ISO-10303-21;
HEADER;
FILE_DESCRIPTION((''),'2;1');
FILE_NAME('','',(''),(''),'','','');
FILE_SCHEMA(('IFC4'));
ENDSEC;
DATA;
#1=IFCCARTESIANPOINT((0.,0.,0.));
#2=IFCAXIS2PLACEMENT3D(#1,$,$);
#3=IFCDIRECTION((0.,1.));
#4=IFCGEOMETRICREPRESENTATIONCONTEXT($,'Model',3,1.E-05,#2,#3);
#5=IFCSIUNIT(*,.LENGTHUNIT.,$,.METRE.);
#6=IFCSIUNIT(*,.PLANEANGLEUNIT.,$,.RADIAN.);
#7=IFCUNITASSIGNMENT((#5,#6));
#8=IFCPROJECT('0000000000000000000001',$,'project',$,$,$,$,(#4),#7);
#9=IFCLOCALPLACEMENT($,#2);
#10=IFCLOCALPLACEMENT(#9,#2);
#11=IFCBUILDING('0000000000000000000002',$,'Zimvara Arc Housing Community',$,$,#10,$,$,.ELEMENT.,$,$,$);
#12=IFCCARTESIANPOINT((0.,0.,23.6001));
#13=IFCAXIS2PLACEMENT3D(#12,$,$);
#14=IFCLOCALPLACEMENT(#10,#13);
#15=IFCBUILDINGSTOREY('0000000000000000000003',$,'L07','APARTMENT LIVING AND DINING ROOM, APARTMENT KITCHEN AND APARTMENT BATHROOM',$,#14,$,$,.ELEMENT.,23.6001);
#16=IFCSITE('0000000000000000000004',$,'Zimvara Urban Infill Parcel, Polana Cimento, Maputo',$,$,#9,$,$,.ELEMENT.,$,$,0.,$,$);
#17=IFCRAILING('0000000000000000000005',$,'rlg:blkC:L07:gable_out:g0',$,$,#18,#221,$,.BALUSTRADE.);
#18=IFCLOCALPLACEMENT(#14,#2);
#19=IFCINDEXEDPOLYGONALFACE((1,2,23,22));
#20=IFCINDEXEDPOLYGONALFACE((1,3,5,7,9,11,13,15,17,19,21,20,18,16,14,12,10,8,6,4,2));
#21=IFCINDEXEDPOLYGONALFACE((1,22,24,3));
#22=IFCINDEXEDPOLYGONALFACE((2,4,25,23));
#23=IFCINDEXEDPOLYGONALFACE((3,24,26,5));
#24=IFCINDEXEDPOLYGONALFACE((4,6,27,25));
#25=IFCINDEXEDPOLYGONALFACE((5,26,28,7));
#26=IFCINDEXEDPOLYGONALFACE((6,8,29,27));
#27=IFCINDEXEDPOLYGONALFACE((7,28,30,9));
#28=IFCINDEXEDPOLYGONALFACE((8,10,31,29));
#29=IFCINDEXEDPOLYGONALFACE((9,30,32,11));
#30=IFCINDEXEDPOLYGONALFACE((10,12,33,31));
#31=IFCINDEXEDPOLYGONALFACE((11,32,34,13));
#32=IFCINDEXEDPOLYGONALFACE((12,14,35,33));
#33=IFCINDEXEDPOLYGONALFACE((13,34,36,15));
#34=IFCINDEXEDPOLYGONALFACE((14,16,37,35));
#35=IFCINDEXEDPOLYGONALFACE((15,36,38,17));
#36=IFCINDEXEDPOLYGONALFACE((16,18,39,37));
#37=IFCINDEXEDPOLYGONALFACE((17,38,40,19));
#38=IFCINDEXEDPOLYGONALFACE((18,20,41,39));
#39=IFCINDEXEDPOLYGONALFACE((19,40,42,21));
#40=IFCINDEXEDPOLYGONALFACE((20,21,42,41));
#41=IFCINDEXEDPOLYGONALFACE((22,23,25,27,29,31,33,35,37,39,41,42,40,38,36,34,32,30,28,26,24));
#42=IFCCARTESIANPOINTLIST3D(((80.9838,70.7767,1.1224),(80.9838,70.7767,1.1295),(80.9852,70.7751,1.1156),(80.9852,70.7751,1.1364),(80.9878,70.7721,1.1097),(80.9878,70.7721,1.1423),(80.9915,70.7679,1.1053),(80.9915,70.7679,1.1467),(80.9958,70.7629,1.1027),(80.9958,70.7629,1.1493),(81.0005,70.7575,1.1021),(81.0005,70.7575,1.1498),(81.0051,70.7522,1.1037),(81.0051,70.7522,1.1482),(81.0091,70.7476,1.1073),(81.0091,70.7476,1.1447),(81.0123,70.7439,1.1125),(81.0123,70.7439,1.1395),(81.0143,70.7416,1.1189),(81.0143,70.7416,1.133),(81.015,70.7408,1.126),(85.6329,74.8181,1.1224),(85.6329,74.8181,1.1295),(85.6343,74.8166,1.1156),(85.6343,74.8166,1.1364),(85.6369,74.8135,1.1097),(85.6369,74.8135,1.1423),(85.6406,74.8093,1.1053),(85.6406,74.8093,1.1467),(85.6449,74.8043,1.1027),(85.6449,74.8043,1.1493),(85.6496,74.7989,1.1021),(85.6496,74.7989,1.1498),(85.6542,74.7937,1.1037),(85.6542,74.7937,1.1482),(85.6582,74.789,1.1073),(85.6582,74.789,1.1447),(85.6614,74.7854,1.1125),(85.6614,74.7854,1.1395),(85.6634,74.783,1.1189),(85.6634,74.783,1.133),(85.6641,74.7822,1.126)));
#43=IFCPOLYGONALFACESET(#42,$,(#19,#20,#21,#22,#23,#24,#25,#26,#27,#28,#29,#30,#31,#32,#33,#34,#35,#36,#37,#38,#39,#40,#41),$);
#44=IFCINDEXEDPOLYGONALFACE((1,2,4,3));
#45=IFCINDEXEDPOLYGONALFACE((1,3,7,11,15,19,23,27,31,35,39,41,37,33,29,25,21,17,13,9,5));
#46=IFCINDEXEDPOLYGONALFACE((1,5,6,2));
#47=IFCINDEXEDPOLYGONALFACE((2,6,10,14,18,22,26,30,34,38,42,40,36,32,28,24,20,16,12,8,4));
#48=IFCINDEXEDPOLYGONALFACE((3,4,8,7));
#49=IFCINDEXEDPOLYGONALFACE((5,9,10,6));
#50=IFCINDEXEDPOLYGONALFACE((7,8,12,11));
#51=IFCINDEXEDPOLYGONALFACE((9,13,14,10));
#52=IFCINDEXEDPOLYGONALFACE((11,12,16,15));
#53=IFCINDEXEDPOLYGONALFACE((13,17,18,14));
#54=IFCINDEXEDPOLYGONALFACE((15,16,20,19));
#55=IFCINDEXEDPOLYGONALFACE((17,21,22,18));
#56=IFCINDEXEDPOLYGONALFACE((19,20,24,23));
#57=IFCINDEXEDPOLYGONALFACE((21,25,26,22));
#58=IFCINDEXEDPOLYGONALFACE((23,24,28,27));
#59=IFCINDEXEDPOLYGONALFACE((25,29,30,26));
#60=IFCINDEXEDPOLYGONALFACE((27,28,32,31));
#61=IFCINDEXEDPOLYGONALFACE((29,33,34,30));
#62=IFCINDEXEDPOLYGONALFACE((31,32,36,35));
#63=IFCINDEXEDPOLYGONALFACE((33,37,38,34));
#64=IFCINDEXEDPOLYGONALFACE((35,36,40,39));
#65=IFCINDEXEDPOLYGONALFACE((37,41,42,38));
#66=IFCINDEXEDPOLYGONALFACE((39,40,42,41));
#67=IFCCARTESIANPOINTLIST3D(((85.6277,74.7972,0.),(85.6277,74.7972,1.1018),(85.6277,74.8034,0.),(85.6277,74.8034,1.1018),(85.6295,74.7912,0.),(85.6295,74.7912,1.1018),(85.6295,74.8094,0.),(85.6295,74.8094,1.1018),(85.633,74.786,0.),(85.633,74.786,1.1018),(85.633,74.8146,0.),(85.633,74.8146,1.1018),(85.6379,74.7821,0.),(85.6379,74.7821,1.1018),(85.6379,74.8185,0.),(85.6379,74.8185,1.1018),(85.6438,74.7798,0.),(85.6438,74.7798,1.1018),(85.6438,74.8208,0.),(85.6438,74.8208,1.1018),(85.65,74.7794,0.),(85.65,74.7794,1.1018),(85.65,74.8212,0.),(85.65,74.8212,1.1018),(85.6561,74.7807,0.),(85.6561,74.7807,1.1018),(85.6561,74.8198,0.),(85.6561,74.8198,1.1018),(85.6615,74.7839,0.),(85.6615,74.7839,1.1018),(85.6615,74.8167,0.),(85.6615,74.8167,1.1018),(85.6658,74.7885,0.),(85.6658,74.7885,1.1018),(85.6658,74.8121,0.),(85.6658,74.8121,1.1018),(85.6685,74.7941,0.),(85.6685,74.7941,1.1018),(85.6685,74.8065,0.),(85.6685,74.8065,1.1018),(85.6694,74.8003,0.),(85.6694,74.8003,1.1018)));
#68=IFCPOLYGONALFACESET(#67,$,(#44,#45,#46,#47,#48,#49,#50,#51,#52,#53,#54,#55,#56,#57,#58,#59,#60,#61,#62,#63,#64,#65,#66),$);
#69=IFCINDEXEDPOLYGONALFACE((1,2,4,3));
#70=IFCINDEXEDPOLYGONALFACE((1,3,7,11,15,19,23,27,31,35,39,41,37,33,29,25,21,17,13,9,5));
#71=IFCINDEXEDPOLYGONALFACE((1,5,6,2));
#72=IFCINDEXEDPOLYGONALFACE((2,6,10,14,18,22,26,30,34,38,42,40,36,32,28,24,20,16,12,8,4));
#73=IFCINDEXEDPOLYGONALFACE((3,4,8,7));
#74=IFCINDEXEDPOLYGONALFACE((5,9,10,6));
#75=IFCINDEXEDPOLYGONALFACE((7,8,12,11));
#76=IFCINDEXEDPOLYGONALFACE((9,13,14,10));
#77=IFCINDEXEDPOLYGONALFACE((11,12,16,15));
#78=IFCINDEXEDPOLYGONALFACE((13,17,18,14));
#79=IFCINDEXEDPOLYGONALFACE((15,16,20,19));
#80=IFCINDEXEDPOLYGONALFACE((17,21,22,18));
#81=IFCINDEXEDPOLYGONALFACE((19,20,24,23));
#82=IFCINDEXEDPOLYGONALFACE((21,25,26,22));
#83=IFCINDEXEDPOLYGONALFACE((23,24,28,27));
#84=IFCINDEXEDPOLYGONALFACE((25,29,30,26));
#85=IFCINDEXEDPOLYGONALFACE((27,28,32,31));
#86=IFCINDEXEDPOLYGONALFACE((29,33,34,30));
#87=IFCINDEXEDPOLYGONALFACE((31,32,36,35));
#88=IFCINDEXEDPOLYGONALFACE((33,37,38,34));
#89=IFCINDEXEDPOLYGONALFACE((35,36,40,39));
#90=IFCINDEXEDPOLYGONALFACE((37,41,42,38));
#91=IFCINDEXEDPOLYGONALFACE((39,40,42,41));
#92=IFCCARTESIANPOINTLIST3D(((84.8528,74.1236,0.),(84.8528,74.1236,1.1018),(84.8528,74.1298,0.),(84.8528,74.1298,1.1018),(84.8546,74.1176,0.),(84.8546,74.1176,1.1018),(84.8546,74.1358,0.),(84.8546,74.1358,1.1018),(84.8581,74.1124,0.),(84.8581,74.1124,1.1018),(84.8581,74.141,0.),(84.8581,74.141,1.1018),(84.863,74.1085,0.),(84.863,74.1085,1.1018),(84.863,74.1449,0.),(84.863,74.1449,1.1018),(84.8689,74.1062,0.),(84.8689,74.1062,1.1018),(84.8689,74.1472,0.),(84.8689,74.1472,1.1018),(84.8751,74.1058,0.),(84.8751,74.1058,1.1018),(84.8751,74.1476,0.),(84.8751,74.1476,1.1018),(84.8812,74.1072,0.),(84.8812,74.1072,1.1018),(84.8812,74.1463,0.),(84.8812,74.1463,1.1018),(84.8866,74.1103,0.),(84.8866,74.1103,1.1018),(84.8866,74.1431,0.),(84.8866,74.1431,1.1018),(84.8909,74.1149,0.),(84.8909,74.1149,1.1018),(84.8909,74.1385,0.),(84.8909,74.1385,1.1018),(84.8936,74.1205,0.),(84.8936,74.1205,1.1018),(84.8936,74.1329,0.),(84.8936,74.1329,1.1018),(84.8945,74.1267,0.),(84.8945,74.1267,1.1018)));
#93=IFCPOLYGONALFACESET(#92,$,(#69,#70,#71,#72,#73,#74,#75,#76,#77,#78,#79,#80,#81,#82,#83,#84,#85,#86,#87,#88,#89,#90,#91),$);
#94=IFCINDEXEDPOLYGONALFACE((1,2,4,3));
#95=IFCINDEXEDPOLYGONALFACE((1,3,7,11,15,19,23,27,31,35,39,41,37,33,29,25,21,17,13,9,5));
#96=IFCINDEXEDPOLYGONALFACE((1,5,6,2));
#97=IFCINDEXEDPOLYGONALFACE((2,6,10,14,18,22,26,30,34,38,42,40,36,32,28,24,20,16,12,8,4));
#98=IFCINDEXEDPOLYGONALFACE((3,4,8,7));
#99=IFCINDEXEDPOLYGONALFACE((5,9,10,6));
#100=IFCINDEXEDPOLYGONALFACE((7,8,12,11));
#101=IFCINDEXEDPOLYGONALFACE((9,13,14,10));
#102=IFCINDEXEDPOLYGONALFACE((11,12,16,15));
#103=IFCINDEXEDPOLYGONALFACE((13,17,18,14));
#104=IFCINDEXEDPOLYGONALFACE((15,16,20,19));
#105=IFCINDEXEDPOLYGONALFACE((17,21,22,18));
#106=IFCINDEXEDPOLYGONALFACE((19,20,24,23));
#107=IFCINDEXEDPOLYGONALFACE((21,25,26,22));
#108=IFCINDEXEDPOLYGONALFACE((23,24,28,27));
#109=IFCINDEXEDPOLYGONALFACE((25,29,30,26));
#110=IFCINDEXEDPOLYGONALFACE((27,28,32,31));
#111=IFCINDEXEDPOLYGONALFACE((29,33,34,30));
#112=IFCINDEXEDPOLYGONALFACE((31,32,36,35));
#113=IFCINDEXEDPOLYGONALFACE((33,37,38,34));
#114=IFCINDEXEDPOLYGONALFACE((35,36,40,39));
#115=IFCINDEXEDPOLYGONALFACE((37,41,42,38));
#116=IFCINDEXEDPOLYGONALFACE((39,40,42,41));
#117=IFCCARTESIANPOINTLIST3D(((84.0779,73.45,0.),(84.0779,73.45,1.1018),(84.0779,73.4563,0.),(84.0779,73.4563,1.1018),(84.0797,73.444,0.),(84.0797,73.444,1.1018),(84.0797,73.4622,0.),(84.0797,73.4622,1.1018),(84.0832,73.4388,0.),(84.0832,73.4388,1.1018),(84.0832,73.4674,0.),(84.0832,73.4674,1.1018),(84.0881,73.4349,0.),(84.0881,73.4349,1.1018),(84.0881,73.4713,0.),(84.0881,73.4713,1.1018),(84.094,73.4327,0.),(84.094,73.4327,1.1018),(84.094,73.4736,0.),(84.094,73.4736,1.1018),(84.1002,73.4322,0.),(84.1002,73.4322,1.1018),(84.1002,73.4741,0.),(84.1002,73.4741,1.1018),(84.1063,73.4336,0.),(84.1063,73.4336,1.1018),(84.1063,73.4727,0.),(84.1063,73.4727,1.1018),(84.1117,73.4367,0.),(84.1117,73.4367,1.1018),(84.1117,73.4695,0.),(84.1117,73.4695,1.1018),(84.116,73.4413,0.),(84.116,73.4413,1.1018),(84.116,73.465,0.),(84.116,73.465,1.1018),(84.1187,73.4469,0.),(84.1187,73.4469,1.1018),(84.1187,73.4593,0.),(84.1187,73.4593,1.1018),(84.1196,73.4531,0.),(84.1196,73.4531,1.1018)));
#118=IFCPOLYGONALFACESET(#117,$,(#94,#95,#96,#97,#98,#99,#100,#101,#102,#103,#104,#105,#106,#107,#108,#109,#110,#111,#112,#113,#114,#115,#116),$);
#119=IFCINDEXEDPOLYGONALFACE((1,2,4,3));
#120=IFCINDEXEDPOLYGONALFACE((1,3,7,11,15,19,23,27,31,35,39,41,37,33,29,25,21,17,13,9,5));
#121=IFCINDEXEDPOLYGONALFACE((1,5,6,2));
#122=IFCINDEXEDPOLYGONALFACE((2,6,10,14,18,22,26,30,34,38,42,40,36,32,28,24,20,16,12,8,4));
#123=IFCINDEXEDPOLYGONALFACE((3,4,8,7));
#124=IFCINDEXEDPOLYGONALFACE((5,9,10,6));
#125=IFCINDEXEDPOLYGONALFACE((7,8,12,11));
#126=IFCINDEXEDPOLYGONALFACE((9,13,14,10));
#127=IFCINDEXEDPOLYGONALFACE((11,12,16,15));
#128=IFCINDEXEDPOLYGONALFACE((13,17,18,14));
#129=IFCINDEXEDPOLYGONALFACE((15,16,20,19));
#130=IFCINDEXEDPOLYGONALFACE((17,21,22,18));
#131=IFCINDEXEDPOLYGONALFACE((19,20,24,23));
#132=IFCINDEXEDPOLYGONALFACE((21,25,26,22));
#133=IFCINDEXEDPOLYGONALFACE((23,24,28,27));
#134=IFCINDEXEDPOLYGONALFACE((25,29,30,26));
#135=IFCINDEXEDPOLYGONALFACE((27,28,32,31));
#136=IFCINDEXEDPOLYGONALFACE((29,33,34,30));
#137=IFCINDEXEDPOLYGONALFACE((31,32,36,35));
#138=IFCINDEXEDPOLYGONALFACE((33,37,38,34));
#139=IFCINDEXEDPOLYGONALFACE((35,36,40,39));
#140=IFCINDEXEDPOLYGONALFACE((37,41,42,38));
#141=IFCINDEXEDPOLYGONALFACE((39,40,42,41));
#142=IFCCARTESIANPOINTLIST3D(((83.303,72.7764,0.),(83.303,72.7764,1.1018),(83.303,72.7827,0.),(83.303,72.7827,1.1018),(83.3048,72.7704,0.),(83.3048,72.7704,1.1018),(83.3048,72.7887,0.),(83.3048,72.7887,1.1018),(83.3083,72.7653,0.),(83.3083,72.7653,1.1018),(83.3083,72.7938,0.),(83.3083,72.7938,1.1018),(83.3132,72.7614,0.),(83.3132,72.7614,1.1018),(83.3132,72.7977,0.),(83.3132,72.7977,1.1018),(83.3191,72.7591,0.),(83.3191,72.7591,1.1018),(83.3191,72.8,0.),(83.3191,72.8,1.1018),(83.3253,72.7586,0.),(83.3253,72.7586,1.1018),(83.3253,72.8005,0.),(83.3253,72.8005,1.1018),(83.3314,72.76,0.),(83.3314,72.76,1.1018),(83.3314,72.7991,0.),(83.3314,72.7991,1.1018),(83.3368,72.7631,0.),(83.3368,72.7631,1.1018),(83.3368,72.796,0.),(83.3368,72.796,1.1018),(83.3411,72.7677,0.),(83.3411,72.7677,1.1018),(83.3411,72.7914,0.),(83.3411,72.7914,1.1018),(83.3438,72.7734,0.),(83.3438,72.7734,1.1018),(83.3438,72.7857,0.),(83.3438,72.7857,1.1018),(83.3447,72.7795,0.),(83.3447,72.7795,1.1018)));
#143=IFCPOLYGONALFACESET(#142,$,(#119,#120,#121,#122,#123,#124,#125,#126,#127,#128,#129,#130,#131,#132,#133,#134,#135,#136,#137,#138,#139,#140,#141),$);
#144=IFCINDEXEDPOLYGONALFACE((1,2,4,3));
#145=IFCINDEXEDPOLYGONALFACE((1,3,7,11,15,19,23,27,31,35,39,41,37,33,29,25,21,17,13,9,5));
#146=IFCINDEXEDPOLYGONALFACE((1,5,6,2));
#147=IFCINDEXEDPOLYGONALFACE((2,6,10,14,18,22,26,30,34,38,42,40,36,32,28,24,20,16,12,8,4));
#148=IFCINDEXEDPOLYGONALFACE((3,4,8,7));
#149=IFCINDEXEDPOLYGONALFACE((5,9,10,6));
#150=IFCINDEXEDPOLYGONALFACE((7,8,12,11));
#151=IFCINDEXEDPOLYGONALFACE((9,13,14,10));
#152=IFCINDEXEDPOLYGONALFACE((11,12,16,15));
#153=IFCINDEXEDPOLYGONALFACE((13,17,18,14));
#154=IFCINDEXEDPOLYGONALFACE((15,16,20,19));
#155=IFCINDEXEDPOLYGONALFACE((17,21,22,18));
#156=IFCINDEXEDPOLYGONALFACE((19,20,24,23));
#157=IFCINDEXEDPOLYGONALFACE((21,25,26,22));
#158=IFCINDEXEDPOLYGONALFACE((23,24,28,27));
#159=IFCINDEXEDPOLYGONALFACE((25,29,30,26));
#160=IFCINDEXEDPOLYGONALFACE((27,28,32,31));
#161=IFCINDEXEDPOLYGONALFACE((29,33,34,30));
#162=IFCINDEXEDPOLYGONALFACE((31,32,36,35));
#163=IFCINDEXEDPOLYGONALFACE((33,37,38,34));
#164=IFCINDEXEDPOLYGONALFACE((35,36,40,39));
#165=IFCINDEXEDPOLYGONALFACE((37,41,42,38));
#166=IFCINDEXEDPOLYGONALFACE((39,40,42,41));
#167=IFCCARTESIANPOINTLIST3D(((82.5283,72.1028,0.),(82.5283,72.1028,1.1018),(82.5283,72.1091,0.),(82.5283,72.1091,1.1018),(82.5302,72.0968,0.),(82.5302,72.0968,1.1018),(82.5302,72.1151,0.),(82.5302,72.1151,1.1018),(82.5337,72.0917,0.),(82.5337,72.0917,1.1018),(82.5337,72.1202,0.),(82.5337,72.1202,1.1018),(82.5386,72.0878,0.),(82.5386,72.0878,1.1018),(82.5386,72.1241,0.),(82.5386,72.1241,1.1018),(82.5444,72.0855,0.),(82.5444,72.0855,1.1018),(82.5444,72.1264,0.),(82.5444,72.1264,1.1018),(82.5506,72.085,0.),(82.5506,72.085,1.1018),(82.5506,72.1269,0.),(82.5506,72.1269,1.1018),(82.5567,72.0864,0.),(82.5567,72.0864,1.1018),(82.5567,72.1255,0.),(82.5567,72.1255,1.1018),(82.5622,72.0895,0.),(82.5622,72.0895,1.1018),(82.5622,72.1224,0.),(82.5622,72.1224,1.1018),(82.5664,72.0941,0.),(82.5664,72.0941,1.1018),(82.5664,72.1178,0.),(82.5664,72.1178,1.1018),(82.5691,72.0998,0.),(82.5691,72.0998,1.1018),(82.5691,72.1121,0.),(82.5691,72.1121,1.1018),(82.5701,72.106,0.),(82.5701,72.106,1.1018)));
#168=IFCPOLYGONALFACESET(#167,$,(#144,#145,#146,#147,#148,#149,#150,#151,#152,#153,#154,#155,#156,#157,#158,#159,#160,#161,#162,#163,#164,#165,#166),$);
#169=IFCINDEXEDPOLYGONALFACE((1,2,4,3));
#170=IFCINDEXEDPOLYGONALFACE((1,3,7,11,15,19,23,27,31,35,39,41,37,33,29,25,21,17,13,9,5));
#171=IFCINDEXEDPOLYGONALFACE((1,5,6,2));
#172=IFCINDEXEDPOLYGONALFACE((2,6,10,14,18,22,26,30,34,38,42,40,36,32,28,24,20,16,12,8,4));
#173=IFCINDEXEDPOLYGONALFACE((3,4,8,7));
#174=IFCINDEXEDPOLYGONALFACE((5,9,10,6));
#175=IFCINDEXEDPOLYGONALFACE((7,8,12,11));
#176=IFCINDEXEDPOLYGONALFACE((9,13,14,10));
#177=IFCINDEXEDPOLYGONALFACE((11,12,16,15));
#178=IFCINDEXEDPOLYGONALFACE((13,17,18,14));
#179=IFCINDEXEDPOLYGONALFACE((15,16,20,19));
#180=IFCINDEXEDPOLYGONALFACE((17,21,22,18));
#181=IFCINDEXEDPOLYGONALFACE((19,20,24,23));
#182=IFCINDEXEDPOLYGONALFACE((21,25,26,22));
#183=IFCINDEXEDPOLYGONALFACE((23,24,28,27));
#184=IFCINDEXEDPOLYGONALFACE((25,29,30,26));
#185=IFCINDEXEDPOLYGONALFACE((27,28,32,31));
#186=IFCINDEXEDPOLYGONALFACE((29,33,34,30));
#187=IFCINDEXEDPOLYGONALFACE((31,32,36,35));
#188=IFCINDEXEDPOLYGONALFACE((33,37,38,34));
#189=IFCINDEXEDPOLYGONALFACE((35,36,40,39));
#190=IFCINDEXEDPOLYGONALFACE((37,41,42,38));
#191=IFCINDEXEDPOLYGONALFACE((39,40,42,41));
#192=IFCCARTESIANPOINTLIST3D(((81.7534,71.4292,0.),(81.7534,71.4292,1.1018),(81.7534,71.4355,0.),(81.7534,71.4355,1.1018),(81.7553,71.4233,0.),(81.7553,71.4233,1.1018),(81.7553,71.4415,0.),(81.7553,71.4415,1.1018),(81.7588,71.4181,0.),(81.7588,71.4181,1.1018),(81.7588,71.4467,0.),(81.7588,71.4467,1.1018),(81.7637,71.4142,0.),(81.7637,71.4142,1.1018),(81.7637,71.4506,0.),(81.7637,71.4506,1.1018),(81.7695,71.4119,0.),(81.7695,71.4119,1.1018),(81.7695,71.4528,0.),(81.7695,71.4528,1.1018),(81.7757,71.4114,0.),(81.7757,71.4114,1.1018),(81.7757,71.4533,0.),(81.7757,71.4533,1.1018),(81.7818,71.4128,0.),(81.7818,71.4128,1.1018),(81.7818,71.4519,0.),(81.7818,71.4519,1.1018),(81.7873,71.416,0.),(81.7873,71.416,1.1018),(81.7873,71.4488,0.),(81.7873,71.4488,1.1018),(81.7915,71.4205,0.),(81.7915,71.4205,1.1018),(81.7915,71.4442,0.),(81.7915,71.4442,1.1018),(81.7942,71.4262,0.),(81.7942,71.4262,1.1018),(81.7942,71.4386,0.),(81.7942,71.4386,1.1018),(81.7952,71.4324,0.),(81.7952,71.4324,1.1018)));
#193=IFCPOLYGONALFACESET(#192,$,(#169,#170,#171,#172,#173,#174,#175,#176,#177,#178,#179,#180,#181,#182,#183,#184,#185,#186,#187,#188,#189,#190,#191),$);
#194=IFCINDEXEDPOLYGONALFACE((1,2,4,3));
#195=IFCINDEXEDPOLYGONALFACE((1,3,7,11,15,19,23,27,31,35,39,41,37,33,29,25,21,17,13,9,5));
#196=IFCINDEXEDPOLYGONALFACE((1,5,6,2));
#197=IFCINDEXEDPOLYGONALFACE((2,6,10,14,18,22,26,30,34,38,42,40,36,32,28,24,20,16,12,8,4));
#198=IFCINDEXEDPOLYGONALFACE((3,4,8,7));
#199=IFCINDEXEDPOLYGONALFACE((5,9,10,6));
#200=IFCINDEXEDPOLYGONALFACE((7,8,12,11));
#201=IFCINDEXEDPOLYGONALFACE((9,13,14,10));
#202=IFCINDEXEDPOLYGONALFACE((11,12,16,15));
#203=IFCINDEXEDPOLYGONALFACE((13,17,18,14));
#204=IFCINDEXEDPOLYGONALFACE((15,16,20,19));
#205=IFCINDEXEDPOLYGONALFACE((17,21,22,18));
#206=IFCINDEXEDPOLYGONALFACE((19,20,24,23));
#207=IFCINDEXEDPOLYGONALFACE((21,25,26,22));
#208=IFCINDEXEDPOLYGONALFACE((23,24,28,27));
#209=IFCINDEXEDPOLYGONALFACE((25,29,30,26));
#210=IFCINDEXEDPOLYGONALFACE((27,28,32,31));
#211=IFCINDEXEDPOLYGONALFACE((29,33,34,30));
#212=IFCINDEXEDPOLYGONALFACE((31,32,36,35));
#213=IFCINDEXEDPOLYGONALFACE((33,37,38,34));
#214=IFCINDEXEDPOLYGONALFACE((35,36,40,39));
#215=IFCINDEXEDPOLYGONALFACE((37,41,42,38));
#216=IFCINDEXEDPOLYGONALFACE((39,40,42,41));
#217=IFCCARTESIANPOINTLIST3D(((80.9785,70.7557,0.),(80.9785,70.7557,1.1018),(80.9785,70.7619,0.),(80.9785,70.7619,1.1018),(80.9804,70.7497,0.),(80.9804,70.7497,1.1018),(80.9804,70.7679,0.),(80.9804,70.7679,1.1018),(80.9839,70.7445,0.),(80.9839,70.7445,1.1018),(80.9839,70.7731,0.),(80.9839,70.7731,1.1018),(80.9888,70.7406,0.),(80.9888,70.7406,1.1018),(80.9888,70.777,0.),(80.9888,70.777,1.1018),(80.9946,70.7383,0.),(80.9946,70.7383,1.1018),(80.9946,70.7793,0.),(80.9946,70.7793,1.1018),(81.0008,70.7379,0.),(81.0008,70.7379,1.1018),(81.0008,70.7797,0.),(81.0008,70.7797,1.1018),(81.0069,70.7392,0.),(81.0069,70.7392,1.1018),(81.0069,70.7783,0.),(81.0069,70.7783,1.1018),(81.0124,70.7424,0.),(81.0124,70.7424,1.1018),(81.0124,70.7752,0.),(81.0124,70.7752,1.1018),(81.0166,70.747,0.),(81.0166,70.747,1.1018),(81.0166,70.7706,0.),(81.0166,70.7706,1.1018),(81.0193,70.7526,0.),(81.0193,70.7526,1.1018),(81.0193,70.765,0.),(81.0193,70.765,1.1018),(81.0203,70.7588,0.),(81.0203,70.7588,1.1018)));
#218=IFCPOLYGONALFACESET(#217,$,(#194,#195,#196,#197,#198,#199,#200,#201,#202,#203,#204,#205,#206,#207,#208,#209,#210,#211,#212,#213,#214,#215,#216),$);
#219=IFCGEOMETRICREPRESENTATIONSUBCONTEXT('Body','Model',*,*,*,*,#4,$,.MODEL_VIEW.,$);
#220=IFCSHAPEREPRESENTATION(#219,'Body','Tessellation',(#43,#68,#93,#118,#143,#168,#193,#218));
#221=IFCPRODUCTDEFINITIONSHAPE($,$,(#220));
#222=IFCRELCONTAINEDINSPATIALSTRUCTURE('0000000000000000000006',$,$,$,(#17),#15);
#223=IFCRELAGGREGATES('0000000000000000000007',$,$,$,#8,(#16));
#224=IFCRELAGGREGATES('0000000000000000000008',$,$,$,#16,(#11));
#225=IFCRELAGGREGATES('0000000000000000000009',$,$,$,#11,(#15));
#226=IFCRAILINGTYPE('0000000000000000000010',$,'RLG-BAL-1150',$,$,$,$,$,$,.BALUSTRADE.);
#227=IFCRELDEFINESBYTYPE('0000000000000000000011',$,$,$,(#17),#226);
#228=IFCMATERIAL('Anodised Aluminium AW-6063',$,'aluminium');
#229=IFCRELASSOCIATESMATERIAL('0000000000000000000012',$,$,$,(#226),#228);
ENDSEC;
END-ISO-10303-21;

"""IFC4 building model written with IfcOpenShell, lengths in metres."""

from ifc_helpers import new_model, si_unit, direction, frame, origin, origin_2d, place, context, subcontext, project, spatial, circle, extrude, material, type_object, element, save


model = new_model("IFC4")

# Units and contexts
model_context = context("Model", 3, precision=1e-05, world=origin(), true_north=direction((0.0, 1.0)))
body_context = subcontext(model_context, "Body", "Model", "MODEL_VIEW")
ifc_project = project(units=[si_unit("LENGTHUNIT", "METRE"), si_unit("PLANEANGLEUNIT", "RADIAN")], contexts=[model_context])

# Site, building, storey
site_placement = place(None, origin())
site = spatial("IfcSite", under=ifc_project, at=site_placement, Name="Zimvara Urban Infill Parcel, Polana Cimento, Maputo", CompositionType="ELEMENT", RefElevation=0.0)
building_placement = place(site_placement, origin())
building = spatial("IfcBuilding", under=site, at=building_placement, Name="Zimvara Arc Housing Community", CompositionType="ELEMENT")
storey_placement = place(building_placement, frame((0.0, 0.0, 23.6001)))
storey = spatial("IfcBuildingStorey", under=building, at=storey_placement, Name="L07", Description="APARTMENT LIVING AND DINING ROOM, APARTMENT KITCHEN AND APARTMENT BATHROOM", CompositionType="ELEMENT", Elevation=23.6001)

# Railing
ifc_material_1 = material(Name="Anodised Aluminium AW-6063", Category="aluminium")
railing_type = type_object("IfcRailingType", Name="RLG-BAL-1150", PredefinedType="BALUSTRADE", material=ifc_material_1)
railing_1_placement = place(storey_placement, frame((85.6484, 74.8003, 0.0)))
element("IfcRailing", 1, at=railing_1_placement, inside=storey, type_object=railing_type, Name="rlg:blkC:L07:gable_out:g0", PredefinedType="BALUSTRADE", context=body_context, shape_type="SweptSolid", body=[
    extrude(circle(Radius=0.0239, at=origin_2d()), frame((0.0, 0.0, 1.126), z_axis=(-0.754706, -0.656063, 0.0), x_axis=(0.656063, -0.754706, 0.0)), (0.0, 0.0, 1.0), 6.1602),
    extrude(circle(Radius=0.021, at=origin_2d()), origin(), (0.0, 0.0, 1.0), 1.1018),
    extrude(circle(Radius=0.021, at=origin_2d()), frame((-0.7749, -0.6736, 0.0)), (0.0, 0.0, 1.0), 1.1018),
    extrude(circle(Radius=0.021, at=origin_2d()), frame((-1.5498, -1.3472, 0.0)), (0.0, 0.0, 1.0), 1.1018),
    extrude(circle(Radius=0.021, at=origin_2d()), frame((-2.3247, -2.0208, 0.0)), (0.0, 0.0, 1.0), 1.1018),
    extrude(circle(Radius=0.021, at=origin_2d()), frame((-3.0994, -2.6943, 0.0)), (0.0, 0.0, 1.0), 1.1018),
    extrude(circle(Radius=0.021, at=origin_2d()), frame((-3.8743, -3.3679, 0.0)), (0.0, 0.0, 1.0), 1.1018),
    extrude(circle(Radius=0.021, at=origin_2d()), frame((-4.6492, -4.0415, 0.0)), (0.0, 0.0, 1.0), 1.1018),
])

save(model, "model.ifc")
